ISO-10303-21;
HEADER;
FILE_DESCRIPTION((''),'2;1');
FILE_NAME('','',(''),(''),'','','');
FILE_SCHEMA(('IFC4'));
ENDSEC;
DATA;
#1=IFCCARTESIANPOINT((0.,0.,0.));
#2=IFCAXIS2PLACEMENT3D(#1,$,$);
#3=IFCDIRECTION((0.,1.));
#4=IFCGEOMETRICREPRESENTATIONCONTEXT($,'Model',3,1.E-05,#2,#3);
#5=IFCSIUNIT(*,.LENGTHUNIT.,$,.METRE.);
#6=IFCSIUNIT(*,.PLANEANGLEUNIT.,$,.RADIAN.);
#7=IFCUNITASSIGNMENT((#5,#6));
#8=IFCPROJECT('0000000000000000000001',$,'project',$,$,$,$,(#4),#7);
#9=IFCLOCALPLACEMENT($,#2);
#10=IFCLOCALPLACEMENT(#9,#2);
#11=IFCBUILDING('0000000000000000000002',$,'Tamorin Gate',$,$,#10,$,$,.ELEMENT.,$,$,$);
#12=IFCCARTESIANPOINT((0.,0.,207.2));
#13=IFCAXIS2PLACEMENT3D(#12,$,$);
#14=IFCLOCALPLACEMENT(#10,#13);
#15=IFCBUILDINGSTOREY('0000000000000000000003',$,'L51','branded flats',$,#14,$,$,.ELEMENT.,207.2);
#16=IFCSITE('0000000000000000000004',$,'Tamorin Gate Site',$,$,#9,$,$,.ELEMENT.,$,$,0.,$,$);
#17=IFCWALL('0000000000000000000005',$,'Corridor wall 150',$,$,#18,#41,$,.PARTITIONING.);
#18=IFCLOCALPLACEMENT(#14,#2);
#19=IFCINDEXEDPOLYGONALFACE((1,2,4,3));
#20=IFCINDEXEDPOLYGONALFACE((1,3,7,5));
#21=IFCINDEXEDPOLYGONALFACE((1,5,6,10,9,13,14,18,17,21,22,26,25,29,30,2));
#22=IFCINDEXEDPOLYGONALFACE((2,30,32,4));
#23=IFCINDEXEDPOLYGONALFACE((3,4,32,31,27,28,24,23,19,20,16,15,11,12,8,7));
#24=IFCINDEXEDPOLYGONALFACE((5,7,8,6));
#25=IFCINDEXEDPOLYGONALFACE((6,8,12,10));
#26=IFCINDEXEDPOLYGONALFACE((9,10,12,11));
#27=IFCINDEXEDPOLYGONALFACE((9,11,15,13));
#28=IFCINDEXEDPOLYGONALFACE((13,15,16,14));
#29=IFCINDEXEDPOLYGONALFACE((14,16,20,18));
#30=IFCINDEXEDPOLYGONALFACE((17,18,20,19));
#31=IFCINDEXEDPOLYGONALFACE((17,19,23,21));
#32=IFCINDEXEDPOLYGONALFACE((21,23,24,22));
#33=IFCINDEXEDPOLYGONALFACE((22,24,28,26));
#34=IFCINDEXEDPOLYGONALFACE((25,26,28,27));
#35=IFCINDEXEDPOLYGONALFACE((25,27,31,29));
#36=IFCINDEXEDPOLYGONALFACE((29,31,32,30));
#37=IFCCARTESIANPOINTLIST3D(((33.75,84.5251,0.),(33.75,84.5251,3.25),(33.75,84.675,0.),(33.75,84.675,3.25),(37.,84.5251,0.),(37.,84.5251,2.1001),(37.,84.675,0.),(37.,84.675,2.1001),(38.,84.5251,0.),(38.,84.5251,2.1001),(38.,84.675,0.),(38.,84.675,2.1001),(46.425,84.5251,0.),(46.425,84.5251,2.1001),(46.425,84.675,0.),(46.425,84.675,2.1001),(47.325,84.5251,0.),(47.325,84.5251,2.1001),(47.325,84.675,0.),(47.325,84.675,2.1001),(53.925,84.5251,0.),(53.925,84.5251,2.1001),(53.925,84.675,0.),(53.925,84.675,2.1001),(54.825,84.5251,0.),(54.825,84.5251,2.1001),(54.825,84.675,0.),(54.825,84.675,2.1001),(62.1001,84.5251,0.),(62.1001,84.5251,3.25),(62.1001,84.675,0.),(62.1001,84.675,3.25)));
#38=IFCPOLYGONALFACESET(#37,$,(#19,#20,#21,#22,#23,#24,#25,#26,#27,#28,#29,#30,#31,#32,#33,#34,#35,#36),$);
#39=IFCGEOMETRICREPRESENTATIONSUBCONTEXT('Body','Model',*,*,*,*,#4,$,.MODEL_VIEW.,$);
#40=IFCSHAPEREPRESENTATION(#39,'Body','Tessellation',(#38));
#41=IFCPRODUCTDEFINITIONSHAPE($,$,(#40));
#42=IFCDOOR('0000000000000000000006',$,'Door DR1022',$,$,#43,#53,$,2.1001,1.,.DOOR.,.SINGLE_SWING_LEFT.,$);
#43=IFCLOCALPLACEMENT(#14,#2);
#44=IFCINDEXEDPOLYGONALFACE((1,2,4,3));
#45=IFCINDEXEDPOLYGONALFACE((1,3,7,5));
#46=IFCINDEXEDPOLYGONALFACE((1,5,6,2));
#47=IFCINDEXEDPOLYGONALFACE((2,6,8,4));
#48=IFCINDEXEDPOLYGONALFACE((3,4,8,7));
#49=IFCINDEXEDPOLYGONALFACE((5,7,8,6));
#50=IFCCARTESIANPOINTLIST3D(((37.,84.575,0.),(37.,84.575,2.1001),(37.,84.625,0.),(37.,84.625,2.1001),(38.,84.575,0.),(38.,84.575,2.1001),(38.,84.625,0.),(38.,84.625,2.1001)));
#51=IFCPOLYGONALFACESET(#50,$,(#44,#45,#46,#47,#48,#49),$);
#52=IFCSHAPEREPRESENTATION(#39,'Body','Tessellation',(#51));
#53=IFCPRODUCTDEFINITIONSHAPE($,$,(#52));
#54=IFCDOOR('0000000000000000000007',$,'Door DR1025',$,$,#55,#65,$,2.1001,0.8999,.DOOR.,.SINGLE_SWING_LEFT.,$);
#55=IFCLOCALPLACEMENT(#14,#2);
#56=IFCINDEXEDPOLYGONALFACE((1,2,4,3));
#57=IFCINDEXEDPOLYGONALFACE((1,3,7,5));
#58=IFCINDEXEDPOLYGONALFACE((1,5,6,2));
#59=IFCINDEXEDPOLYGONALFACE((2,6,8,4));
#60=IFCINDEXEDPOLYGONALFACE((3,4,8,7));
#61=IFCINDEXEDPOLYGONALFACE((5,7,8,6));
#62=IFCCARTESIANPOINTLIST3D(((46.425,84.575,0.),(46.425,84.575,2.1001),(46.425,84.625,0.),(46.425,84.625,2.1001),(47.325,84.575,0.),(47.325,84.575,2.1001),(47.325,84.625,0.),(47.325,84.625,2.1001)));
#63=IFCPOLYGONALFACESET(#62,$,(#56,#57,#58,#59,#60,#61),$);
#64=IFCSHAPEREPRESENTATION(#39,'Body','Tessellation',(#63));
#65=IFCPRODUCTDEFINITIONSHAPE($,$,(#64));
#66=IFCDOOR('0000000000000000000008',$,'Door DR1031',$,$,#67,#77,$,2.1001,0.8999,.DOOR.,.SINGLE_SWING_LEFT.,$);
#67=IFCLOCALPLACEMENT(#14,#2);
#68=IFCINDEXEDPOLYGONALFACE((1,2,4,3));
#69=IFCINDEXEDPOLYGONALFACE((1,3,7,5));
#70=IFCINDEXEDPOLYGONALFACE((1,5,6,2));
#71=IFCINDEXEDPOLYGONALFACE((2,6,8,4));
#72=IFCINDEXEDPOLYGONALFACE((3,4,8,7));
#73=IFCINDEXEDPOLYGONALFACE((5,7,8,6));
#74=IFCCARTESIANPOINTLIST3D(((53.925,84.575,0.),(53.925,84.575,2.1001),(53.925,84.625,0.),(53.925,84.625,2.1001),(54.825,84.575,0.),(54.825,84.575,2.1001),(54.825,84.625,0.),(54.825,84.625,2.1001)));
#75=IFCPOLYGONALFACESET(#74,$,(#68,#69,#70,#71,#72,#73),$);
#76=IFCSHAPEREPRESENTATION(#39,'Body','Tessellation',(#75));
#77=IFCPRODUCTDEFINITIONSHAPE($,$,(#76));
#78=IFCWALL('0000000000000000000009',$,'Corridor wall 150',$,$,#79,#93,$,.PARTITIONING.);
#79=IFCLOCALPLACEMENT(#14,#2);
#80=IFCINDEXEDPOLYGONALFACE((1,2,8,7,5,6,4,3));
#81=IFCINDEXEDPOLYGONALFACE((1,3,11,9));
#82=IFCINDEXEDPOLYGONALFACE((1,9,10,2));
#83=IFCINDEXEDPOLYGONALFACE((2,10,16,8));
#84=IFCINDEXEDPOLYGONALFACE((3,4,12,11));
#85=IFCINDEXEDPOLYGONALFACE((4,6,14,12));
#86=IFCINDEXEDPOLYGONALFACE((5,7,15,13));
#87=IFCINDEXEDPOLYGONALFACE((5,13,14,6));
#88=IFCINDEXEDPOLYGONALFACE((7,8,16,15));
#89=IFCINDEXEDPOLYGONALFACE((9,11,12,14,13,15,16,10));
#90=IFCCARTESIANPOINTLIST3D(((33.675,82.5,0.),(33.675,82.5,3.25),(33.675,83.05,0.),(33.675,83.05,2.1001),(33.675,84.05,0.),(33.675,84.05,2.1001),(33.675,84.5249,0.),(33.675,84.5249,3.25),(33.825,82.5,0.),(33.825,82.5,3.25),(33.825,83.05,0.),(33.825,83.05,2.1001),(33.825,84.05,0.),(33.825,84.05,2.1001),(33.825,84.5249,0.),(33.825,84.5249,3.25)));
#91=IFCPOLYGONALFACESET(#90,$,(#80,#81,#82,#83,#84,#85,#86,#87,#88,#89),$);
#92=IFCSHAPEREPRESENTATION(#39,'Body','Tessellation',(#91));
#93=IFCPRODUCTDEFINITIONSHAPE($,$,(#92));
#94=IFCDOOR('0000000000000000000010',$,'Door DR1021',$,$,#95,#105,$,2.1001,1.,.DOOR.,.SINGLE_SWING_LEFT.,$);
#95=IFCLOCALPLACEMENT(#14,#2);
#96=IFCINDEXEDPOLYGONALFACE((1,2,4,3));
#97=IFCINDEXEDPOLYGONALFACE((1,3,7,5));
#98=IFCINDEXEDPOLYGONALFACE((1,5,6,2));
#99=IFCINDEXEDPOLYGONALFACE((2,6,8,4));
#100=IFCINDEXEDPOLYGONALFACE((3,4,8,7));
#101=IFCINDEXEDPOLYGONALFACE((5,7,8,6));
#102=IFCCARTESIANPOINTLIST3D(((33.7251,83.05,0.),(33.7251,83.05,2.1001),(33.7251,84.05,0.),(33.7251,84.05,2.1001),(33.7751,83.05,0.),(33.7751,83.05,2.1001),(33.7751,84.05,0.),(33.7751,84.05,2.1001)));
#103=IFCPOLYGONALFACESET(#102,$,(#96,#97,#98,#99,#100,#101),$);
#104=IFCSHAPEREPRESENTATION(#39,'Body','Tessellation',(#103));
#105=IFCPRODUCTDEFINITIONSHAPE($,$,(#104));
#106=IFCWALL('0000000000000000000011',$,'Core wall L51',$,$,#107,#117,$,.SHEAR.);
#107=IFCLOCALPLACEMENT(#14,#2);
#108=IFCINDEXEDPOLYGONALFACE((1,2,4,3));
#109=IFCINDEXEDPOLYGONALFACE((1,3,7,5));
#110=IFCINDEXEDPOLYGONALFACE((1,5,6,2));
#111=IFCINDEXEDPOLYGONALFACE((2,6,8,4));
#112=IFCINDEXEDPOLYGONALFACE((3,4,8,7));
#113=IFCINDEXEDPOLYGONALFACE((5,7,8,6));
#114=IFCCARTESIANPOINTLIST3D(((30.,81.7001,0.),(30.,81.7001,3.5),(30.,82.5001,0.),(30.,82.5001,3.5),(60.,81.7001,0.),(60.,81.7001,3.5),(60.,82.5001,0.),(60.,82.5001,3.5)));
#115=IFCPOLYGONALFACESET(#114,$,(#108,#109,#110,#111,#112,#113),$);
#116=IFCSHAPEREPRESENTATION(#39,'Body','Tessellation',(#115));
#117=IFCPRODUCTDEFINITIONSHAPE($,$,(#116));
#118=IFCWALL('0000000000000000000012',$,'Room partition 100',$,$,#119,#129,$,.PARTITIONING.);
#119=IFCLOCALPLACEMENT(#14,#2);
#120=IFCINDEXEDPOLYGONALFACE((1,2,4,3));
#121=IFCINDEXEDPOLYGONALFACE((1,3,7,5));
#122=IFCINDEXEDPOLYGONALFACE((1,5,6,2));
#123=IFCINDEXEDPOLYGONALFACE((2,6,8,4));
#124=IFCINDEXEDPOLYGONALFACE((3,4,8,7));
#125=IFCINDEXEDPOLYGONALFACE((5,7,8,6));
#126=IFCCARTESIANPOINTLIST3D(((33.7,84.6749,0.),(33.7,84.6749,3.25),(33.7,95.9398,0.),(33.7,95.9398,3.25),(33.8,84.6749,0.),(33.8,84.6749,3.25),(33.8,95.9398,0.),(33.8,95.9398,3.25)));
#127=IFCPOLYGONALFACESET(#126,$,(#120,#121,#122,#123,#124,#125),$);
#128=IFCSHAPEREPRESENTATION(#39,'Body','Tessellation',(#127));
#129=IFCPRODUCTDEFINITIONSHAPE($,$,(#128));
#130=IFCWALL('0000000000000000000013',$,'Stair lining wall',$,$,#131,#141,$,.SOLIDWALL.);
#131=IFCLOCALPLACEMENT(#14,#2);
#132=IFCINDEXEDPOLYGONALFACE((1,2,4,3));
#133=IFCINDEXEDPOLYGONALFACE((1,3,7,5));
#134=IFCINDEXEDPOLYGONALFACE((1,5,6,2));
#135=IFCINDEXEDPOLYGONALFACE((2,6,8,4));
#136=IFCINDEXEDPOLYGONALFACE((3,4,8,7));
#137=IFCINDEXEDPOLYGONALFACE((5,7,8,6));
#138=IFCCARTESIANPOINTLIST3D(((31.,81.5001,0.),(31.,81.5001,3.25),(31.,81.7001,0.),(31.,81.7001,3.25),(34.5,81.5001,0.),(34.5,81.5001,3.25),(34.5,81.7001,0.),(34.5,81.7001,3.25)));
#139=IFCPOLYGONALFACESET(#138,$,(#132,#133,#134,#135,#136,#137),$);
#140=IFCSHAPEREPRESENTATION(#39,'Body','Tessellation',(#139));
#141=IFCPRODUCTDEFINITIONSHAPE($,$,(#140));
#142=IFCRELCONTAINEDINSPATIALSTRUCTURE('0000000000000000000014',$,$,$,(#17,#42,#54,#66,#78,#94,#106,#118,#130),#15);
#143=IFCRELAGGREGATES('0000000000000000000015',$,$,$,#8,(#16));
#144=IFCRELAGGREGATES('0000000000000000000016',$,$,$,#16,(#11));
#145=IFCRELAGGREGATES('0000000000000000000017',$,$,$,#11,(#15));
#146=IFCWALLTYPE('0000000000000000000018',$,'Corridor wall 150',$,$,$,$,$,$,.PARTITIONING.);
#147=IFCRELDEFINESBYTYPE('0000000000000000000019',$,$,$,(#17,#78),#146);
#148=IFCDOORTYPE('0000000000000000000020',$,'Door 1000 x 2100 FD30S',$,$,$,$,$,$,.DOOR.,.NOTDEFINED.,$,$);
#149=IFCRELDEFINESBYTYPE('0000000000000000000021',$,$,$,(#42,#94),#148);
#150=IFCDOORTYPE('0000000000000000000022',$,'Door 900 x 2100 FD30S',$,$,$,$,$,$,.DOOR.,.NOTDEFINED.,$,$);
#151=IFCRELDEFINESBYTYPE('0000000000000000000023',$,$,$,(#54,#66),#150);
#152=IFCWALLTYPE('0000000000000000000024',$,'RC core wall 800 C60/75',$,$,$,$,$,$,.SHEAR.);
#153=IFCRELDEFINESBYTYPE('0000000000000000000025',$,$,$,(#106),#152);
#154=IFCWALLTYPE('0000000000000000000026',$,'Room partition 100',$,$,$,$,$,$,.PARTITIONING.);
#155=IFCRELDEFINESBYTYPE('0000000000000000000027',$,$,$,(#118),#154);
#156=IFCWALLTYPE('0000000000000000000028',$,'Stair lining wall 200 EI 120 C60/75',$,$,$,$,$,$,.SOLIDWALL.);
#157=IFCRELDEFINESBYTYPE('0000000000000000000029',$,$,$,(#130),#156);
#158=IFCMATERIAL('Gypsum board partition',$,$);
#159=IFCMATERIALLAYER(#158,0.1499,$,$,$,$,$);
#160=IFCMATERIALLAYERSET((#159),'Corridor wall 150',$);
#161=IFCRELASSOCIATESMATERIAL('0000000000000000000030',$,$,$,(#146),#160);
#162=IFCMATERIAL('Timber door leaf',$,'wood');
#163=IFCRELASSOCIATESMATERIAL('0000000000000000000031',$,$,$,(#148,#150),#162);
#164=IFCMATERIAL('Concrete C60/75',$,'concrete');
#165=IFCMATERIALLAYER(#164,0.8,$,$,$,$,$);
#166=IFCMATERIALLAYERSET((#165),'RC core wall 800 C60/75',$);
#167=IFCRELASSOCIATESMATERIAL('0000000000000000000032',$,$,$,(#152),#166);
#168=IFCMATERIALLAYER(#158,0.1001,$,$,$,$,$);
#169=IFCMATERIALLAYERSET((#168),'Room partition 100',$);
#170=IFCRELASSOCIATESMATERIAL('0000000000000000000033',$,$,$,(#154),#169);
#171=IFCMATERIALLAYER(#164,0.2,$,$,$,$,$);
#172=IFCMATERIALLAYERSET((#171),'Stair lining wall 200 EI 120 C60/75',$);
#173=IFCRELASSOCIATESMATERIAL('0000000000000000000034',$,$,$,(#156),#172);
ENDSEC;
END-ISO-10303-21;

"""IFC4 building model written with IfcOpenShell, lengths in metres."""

from ifc_helpers import new_model, si_unit, direction, frame, frame_2d, origin, place, context, subcontext, project, spatial, rectangle, extrude, material, layer, layer_set, type_object, element, fill, save


model = new_model("IFC4")

# Units and contexts
model_context = context("Model", 3, precision=1e-05, world=origin(), true_north=direction((0.0, 1.0)))
body_context = subcontext(model_context, "Body", "Model", "MODEL_VIEW")
ifc_project = project(units=[si_unit("LENGTHUNIT", "METRE"), si_unit("PLANEANGLEUNIT", "RADIAN")], contexts=[model_context])

# Site, building, storey
site_placement = place(None, origin())
site = spatial("IfcSite", under=ifc_project, at=site_placement, Name="Tamorin Gate Site", CompositionType="ELEMENT", RefElevation=0.0)
building_placement = place(site_placement, origin())
building = spatial("IfcBuilding", under=site, at=building_placement, Name="Tamorin Gate", CompositionType="ELEMENT")
storey_placement = place(building_placement, frame((0.0, 0.0, 207.2)))
storey = spatial("IfcBuildingStorey", under=building, at=storey_placement, Name="L51", Description="branded flats", CompositionType="ELEMENT", Elevation=207.2)

# Shared definitions
ifc_material_1 = material(Name="Concrete C60/75", Category="concrete")

# Wall, openings, doors
ifc_material_2 = material(Name="Gypsum board partition")
ifc_layer_1 = layer(ifc_material_2, 0.1499)
ifc_layer_set_1 = layer_set([ifc_layer_1], Name="Corridor wall 150")
wall_type_1 = type_object("IfcWallType", Name="Corridor wall 150", PredefinedType="PARTITIONING", material=ifc_layer_set_1)
wall_1_placement = place(storey_placement, frame((33.75, 84.6001, 0.0), z_axis=(0.0, 0.0, 1.0), x_axis=(1.0, 0.0, 0.0)))
wall_1 = element("IfcWall", 1, at=wall_1_placement, inside=storey, type_object=wall_type_1, Name="Corridor wall 150", PredefinedType="PARTITIONING", context=body_context, shape_type="SweptSolid", body=[
    extrude(rectangle(XDim=28.3501, YDim=0.1499, at=frame_2d((14.175, 0.0))), origin(), (0.0, 0.0, 1.0), 3.25),
])
opening_1_placement = place(wall_1_placement, frame((3.25, 0.0, 0.0)))
opening_1 = element("IfcOpeningElement", 2, at=opening_1_placement, cuts=wall_1, PredefinedType="OPENING", context=body_context, shape_type="SweptSolid", body=[
    extrude(rectangle(XDim=1.0, YDim=2.1001, at=frame_2d((0.5, 1.05))), frame((0.0, 0.085, 0.0), z_axis=(0.0, -1.0, 0.0), x_axis=(1.0, 0.0, 0.0)), (0.0, 0.0, 1.0), 0.1699),
])
opening_2_placement = place(wall_1_placement, frame((12.675, 0.0, 0.0)))
opening_2 = element("IfcOpeningElement", 3, at=opening_2_placement, cuts=wall_1, PredefinedType="OPENING", context=body_context, shape_type="SweptSolid", body=[
    extrude(rectangle(XDim=0.8999, YDim=2.1001, at=frame_2d((0.45, 1.05))), frame((0.0, 0.085, 0.0), z_axis=(0.0, -1.0, 0.0), x_axis=(1.0, 0.0, 0.0)), (0.0, 0.0, 1.0), 0.1699),
])
opening_3_placement = place(wall_1_placement, frame((20.175, 0.0, 0.0)))
opening_3 = element("IfcOpeningElement", 4, at=opening_3_placement, cuts=wall_1, PredefinedType="OPENING", context=body_context, shape_type="SweptSolid", body=[
    extrude(rectangle(XDim=0.8999, YDim=2.1001, at=frame_2d((0.45, 1.05))), frame((0.0, 0.085, 0.0), z_axis=(0.0, -1.0, 0.0), x_axis=(1.0, 0.0, 0.0)), (0.0, 0.0, 1.0), 0.1699),
])
ifc_material_3 = material(Name="Timber door leaf", Category="wood")
door_type_1 = type_object("IfcDoorType", Name="Door 1000 x 2100 FD30S", OperationType="NOTDEFINED", PredefinedType="DOOR", material=ifc_material_3)
door_1_placement = place(opening_1_placement, origin())
door_1 = element("IfcDoor", 5, at=door_1_placement, inside=storey, type_object=door_type_1, Name="Door DR1022", OperationType="SINGLE_SWING_LEFT", OverallHeight=2.1001, OverallWidth=1.0, PredefinedType="DOOR", context=body_context, shape_type="SweptSolid", body=[
    extrude(rectangle(XDim=1.0, YDim=2.1001, at=frame_2d((0.5, 1.05))), frame((0.0, 0.0249, 0.0), z_axis=(0.0, -1.0, 0.0), x_axis=(1.0, 0.0, 0.0)), (0.0, 0.0, 1.0), 0.05),
])
fill(opening_1, door_1)
door_type_2 = type_object("IfcDoorType", Name="Door 900 x 2100 FD30S", OperationType="NOTDEFINED", PredefinedType="DOOR", material=ifc_material_3)
door_2_placement = place(opening_2_placement, origin())
door_2 = element("IfcDoor", 6, at=door_2_placement, inside=storey, type_object=door_type_2, Name="Door DR1025", OperationType="SINGLE_SWING_LEFT", OverallHeight=2.1001, OverallWidth=0.8999, PredefinedType="DOOR", context=body_context, shape_type="SweptSolid", body=[
    extrude(rectangle(XDim=0.8999, YDim=2.1001, at=frame_2d((0.45, 1.05))), frame((0.0, 0.0249, 0.0), z_axis=(0.0, -1.0, 0.0), x_axis=(1.0, 0.0, 0.0)), (0.0, 0.0, 1.0), 0.05),
])
fill(opening_2, door_2)
door_3_placement = place(opening_3_placement, origin())
door_3 = element("IfcDoor", 7, at=door_3_placement, inside=storey, type_object=door_type_2, Name="Door DR1031", OperationType="SINGLE_SWING_LEFT", OverallHeight=2.1001, OverallWidth=0.8999, PredefinedType="DOOR", context=body_context, shape_type="SweptSolid", body=[
    extrude(rectangle(XDim=0.8999, YDim=2.1001, at=frame_2d((0.45, 1.05))), frame((0.0, 0.0249, 0.0), z_axis=(0.0, -1.0, 0.0), x_axis=(1.0, 0.0, 0.0)), (0.0, 0.0, 1.0), 0.05),
])
fill(opening_3, door_3)

# Wall, opening, door
wall_2_placement = place(storey_placement, frame((33.75, 82.5, 0.0), z_axis=(0.0, 0.0, 1.0), x_axis=(0.0, 1.0, 0.0)))
wall_2 = element("IfcWall", 8, at=wall_2_placement, inside=storey, type_object=wall_type_1, Name="Corridor wall 150", PredefinedType="PARTITIONING", context=body_context, shape_type="SweptSolid", body=[
    extrude(rectangle(XDim=2.0249, YDim=0.1499, at=frame_2d((1.0125, 0.0))), origin(), (0.0, 0.0, 1.0), 3.25),
])
opening_4_placement = place(wall_2_placement, frame((0.55, 0.0, 0.0)))
opening_4 = element("IfcOpeningElement", 9, at=opening_4_placement, cuts=wall_2, PredefinedType="OPENING", context=body_context, shape_type="SweptSolid", body=[
    extrude(rectangle(XDim=1.0, YDim=2.1001, at=frame_2d((0.5, 1.05))), frame((0.0, 0.085, 0.0), z_axis=(0.0, -1.0, 0.0), x_axis=(1.0, 0.0, 0.0)), (0.0, 0.0, 1.0), 0.1699),
])
door_4_placement = place(opening_4_placement, origin())
door_4 = element("IfcDoor", 10, at=door_4_placement, inside=storey, type_object=door_type_1, Name="Door DR1021", OperationType="SINGLE_SWING_LEFT", OverallHeight=2.1001, OverallWidth=1.0, PredefinedType="DOOR", context=body_context, shape_type="SweptSolid", body=[
    extrude(rectangle(XDim=1.0, YDim=2.1001, at=frame_2d((0.5, 1.05))), frame((0.0, 0.0249, 0.0), z_axis=(0.0, -1.0, 0.0), x_axis=(1.0, 0.0, 0.0)), (0.0, 0.0, 1.0), 0.05),
])
fill(opening_4, door_4)

# Walls
ifc_layer_2 = layer(ifc_material_1, 0.8)
ifc_layer_set_2 = layer_set([ifc_layer_2], Name="RC core wall 800 C60/75")
wall_type_2 = type_object("IfcWallType", Name="RC core wall 800 C60/75", PredefinedType="SHEAR", material=ifc_layer_set_2)
wall_3_placement = place(storey_placement, frame((30.0, 82.1001, 0.0), z_axis=(0.0, 0.0, 1.0), x_axis=(1.0, 0.0, 0.0)))
element("IfcWall", 11, at=wall_3_placement, inside=storey, type_object=wall_type_2, Name="Core wall L51", PredefinedType="SHEAR", context=body_context, shape_type="SweptSolid", body=[
    extrude(rectangle(XDim=30.0, YDim=0.8, at=frame_2d((15.0, 0.0))), origin(), (0.0, 0.0, 1.0), 3.5),
])
ifc_layer_3 = layer(ifc_material_2, 0.1001)
ifc_layer_set_3 = layer_set([ifc_layer_3], Name="Room partition 100")
wall_type_3 = type_object("IfcWallType", Name="Room partition 100", PredefinedType="PARTITIONING", material=ifc_layer_set_3)
wall_4_placement = place(storey_placement, frame((33.75, 84.675, 0.0), z_axis=(0.0, 0.0, 1.0), x_axis=(0.0, 1.0, 0.0)))
element("IfcWall", 12, at=wall_4_placement, inside=storey, type_object=wall_type_3, Name="Room partition 100", PredefinedType="PARTITIONING", context=body_context, shape_type="SweptSolid", body=[
    extrude(rectangle(XDim=11.2649, YDim=0.1001, at=frame_2d((5.6323, 0.0))), origin(), (0.0, 0.0, 1.0), 3.25),
])
ifc_layer_4 = layer(ifc_material_1, 0.2)
ifc_layer_set_4 = layer_set([ifc_layer_4], Name="Stair lining wall 200 EI 120 C60/75")
wall_type_4 = type_object("IfcWallType", Name="Stair lining wall 200 EI 120 C60/75", PredefinedType="SOLIDWALL", material=ifc_layer_set_4)
wall_5_placement = place(storey_placement, frame((31.0, 81.6001, 0.0), z_axis=(0.0, 0.0, 1.0), x_axis=(1.0, 0.0, 0.0)))
element("IfcWall", 13, at=wall_5_placement, inside=storey, type_object=wall_type_4, Name="Stair lining wall", PredefinedType="SOLIDWALL", context=body_context, shape_type="SweptSolid", body=[
    extrude(rectangle(XDim=3.5, YDim=0.2, at=frame_2d((1.75, 0.0))), origin(), (0.0, 0.0, 1.0), 3.25),
])

save(model, "model.ifc")
